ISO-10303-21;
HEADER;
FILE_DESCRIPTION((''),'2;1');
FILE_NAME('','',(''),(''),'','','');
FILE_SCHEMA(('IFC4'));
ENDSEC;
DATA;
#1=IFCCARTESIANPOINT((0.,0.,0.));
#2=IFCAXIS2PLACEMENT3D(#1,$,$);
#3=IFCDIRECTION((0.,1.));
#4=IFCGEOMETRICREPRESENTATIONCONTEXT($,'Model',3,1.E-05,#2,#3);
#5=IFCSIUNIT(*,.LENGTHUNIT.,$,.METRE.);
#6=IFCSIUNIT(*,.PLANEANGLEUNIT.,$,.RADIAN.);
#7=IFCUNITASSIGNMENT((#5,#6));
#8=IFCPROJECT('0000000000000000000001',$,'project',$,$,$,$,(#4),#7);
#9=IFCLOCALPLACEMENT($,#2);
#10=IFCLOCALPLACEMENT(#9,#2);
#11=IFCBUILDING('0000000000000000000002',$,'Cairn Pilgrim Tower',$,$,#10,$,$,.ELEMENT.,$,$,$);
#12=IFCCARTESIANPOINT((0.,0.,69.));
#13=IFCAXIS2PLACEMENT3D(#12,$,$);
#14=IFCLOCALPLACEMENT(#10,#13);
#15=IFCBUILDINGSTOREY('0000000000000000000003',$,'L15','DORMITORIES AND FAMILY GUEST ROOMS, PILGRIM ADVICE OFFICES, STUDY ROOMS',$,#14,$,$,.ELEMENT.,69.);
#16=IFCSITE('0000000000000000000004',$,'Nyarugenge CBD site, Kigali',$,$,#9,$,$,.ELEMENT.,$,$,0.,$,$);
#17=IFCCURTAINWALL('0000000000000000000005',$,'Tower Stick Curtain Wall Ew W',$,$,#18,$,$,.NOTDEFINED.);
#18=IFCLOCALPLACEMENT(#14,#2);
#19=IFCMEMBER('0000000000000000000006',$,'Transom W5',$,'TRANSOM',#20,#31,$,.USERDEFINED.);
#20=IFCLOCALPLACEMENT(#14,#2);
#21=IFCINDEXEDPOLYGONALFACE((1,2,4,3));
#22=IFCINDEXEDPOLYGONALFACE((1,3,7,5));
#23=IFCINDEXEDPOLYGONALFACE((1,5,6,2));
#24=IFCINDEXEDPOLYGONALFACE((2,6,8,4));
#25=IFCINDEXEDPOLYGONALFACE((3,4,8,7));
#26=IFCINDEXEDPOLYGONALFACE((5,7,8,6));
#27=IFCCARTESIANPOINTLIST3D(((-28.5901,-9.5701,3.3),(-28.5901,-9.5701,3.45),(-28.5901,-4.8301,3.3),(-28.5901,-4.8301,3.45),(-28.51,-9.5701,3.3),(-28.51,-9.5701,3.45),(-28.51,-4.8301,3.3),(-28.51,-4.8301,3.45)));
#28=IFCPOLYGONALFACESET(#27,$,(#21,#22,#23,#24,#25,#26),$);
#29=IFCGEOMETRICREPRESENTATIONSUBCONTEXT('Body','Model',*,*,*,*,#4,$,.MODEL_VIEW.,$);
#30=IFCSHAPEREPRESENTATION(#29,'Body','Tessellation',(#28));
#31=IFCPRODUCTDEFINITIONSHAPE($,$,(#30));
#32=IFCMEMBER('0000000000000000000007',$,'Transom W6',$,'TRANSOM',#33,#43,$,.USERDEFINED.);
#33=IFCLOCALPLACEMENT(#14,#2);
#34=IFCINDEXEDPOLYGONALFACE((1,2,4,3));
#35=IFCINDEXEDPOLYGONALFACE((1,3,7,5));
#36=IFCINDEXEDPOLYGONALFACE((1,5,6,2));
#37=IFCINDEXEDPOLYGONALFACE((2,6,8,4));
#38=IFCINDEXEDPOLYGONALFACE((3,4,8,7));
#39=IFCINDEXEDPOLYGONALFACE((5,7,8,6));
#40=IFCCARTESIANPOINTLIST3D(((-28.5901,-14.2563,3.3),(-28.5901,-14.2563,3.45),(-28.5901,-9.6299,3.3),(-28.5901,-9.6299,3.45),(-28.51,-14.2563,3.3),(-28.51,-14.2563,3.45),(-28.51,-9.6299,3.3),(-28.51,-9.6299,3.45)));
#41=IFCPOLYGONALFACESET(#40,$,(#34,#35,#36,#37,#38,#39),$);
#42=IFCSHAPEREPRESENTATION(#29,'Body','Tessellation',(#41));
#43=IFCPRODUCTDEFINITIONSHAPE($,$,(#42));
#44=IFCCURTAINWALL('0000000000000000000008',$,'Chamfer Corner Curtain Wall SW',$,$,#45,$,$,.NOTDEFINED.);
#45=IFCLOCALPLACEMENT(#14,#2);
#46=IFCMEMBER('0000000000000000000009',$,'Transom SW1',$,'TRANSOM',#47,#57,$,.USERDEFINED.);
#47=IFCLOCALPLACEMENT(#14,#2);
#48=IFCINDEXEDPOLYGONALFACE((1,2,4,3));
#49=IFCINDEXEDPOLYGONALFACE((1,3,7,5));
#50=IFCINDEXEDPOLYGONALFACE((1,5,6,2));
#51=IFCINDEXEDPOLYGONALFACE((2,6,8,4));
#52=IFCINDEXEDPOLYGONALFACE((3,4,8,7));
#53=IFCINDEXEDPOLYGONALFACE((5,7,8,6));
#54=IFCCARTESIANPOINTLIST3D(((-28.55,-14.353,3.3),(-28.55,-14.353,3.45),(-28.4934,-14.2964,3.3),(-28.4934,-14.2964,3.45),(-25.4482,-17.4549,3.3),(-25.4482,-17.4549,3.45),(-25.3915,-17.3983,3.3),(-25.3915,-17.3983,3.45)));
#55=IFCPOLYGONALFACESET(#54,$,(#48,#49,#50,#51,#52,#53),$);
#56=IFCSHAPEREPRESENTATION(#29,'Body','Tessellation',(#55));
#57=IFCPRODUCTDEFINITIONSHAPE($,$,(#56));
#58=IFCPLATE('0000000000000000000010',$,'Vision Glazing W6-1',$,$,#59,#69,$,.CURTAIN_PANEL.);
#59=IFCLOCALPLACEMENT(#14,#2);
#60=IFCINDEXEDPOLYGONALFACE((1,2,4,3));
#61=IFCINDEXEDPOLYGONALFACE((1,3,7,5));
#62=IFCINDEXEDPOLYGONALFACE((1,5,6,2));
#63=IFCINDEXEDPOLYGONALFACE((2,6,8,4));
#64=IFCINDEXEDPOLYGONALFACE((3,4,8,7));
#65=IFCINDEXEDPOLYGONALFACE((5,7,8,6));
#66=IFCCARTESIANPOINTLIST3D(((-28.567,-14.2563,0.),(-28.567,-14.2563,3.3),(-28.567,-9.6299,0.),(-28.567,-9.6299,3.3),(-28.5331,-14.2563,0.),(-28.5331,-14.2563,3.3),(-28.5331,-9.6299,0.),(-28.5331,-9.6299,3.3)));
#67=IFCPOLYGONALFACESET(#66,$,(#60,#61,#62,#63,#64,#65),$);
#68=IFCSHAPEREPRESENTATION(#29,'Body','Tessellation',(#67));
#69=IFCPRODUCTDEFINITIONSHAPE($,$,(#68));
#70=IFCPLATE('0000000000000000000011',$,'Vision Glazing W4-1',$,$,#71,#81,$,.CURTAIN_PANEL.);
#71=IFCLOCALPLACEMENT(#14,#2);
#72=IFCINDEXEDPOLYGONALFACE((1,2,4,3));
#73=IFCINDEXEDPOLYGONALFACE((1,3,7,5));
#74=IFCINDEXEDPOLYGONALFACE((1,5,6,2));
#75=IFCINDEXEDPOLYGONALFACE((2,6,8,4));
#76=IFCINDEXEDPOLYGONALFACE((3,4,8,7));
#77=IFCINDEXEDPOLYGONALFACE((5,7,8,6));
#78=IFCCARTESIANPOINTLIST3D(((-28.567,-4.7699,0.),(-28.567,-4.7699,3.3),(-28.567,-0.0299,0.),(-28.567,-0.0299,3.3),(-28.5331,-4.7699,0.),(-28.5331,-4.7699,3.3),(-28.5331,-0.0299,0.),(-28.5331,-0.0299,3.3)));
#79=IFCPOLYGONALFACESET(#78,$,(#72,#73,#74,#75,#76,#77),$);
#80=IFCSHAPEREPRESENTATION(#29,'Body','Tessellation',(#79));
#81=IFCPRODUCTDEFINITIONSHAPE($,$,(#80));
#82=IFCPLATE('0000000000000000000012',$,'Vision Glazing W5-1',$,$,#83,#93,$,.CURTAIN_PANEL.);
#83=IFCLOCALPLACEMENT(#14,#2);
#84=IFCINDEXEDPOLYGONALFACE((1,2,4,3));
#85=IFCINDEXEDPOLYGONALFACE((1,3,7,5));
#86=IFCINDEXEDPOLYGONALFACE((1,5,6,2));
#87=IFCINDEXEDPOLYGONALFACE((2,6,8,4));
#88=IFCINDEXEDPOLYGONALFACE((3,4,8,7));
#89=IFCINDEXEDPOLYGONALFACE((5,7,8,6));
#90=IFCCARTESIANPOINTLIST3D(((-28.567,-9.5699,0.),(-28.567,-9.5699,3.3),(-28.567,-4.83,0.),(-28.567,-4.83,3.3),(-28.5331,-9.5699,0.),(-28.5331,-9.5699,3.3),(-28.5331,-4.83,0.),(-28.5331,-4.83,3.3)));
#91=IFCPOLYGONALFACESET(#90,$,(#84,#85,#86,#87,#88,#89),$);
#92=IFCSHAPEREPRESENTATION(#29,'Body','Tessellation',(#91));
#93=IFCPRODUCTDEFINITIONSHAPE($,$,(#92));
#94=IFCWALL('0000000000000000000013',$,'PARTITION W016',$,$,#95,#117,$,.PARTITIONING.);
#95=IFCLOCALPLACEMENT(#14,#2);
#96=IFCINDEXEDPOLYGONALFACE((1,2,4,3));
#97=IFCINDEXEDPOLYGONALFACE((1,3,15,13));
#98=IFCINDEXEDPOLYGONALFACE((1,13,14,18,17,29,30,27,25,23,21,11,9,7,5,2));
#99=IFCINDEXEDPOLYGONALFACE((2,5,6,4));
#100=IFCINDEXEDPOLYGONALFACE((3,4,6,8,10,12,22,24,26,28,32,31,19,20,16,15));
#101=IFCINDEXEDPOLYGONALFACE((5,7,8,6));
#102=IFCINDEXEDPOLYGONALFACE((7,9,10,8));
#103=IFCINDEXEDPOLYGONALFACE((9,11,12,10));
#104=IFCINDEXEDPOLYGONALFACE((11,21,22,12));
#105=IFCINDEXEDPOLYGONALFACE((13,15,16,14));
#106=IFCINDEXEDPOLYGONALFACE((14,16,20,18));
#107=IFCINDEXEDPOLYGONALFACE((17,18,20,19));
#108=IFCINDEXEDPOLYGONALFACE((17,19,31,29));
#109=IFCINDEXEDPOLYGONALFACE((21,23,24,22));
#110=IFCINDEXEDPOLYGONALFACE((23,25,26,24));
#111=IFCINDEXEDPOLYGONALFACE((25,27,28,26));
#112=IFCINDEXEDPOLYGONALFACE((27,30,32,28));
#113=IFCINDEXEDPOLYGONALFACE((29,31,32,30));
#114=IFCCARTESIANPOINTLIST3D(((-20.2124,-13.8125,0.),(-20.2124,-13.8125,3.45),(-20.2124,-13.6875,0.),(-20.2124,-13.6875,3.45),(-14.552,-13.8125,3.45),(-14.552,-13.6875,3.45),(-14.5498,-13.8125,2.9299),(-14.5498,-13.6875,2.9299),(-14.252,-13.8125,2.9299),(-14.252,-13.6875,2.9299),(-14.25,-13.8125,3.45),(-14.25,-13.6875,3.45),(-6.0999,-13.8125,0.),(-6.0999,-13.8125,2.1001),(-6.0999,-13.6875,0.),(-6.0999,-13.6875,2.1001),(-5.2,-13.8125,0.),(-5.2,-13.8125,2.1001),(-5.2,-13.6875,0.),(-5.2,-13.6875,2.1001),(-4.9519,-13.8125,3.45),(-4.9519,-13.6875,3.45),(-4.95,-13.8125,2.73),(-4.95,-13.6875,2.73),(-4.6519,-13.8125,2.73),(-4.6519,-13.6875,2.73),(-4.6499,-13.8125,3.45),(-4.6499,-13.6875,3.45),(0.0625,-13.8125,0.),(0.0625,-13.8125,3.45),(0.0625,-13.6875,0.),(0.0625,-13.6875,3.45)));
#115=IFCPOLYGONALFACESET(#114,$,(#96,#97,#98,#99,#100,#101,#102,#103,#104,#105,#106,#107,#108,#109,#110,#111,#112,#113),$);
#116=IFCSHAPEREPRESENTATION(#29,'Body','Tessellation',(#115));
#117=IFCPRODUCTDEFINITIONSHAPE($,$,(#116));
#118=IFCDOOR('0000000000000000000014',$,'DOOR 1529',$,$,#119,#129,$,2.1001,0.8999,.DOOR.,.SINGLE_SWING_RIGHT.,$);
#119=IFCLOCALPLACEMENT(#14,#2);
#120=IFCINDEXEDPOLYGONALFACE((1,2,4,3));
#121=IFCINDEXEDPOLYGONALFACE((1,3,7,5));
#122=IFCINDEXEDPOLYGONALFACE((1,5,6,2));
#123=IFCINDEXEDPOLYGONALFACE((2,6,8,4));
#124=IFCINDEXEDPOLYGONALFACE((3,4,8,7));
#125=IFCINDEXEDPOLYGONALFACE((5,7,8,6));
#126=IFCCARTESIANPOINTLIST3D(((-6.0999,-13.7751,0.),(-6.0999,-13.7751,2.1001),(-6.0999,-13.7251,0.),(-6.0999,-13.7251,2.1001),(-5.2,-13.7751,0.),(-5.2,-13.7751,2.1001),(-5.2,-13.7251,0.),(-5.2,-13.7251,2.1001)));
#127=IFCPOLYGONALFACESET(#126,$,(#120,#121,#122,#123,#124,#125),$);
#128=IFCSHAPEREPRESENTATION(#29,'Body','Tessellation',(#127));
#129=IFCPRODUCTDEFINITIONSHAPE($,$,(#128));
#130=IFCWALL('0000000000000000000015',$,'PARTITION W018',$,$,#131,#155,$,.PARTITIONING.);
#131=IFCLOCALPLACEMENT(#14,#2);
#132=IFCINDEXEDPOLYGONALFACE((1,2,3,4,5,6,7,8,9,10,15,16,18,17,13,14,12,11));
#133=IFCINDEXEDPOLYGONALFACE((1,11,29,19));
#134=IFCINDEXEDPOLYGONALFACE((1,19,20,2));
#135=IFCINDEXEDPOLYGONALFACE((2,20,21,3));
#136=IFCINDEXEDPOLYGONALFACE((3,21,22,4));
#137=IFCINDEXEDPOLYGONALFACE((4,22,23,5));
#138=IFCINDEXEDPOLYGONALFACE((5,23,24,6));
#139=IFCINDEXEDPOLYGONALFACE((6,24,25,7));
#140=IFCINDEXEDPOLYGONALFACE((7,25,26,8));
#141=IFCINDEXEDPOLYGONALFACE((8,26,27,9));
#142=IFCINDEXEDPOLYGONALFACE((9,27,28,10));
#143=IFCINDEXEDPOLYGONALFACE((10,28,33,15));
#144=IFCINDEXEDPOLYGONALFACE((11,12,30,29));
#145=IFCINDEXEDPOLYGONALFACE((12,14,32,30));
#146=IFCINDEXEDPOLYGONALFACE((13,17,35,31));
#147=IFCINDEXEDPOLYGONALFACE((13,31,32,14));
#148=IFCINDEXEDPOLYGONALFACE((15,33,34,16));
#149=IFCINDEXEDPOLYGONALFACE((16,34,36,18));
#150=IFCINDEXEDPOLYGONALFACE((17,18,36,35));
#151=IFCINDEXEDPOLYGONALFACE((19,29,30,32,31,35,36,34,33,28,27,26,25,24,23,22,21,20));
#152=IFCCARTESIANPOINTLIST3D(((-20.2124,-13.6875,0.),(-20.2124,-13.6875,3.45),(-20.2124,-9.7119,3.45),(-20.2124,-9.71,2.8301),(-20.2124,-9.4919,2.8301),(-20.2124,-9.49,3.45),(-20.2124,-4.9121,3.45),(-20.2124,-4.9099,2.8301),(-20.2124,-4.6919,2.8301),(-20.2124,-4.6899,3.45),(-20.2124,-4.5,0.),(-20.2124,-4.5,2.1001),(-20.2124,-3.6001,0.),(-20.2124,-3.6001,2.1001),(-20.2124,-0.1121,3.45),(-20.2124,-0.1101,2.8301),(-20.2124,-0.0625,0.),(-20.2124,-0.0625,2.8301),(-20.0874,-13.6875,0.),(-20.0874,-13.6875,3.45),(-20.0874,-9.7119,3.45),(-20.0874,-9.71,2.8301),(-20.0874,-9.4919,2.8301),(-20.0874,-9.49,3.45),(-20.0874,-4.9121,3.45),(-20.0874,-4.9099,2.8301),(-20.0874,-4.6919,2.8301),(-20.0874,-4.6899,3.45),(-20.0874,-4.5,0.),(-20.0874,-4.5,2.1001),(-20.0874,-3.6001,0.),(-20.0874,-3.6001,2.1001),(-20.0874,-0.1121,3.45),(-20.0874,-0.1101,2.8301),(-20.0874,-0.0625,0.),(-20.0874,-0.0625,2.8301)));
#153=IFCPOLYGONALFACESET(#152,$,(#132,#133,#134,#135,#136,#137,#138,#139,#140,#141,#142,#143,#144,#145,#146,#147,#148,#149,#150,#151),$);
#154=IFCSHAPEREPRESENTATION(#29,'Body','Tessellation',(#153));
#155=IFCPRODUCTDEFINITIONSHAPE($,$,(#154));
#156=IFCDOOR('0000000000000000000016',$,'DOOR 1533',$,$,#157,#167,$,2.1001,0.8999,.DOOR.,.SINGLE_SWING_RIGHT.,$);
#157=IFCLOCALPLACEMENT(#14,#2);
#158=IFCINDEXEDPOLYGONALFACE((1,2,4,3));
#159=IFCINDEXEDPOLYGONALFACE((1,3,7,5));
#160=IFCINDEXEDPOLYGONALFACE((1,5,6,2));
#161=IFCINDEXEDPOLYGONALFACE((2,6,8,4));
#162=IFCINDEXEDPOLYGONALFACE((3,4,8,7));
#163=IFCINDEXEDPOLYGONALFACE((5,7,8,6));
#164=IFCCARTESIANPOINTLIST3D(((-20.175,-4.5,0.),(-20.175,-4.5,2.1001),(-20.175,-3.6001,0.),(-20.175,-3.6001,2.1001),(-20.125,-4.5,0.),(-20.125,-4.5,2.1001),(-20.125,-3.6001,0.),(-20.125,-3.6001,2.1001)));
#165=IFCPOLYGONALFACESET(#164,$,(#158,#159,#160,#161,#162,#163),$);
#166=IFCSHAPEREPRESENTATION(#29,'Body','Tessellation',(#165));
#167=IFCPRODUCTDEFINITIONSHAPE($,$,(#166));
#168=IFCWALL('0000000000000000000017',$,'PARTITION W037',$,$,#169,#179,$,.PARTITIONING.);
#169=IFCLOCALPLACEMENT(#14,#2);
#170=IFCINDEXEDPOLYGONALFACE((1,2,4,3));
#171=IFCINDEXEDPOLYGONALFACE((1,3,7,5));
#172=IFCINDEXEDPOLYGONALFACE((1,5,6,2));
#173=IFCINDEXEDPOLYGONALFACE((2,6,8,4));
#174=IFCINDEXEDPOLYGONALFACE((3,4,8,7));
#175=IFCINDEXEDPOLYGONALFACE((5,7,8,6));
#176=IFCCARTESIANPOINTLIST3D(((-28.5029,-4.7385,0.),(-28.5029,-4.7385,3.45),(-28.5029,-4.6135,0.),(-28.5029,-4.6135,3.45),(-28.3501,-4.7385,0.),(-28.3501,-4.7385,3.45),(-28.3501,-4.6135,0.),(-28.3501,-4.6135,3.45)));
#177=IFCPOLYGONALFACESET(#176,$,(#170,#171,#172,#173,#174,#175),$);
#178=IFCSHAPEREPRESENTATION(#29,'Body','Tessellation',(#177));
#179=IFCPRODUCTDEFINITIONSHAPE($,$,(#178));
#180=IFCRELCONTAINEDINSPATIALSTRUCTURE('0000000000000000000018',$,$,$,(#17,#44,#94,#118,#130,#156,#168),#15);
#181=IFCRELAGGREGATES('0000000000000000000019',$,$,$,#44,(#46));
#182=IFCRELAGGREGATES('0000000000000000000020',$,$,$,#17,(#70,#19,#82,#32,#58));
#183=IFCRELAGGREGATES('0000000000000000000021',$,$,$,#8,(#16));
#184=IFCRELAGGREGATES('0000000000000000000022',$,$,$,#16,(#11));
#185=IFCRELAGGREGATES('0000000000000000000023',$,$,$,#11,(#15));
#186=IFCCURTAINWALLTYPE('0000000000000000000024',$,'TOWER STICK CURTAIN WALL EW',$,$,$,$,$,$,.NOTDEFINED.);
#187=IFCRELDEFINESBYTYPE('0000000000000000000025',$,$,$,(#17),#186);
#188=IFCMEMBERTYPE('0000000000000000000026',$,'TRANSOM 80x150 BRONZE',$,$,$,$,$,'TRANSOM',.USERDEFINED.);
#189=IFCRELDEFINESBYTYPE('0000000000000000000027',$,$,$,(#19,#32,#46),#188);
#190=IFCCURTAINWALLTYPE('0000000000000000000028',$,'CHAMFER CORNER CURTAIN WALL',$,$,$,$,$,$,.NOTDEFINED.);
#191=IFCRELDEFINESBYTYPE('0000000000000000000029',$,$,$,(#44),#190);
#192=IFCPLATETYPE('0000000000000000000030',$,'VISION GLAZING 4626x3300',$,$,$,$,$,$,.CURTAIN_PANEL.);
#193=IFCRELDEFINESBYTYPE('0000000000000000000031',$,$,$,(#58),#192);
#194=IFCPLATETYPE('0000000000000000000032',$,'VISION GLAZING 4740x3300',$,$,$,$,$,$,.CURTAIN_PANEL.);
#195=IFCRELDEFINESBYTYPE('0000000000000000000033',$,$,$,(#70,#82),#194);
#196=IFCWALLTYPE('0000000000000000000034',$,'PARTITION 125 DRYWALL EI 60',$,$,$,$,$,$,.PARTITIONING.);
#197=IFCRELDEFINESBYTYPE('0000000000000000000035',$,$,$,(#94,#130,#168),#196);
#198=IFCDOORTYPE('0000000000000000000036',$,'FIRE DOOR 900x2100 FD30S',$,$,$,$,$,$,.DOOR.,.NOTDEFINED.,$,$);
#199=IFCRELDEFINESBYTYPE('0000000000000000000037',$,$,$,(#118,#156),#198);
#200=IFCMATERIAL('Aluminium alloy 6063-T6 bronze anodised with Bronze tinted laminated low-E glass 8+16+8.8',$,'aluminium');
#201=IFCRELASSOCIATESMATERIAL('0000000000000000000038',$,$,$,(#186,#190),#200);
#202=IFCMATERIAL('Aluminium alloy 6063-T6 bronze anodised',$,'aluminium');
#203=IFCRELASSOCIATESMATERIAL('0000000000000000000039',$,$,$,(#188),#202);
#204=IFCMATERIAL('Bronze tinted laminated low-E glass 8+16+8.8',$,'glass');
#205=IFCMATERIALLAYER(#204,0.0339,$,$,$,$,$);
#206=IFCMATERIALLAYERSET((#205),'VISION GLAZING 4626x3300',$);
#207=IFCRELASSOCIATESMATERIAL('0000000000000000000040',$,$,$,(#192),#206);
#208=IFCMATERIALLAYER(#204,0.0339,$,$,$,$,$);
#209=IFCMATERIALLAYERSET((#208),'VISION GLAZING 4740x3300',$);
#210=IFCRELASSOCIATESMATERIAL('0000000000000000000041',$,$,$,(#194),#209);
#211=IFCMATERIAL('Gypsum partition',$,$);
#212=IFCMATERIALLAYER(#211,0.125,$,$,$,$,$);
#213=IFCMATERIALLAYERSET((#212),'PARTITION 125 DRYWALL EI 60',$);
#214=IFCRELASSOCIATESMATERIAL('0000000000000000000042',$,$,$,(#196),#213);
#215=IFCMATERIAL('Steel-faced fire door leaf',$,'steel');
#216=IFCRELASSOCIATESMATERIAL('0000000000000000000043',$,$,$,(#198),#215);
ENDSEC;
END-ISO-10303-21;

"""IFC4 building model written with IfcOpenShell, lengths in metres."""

from ifc_helpers import new_model, si_unit, direction, frame, frame_2d, origin, origin_2d, place, context, subcontext, project, spatial, polyline, rectangle, outline, extrude, material, layer, layer_set, material_profile, profile_set, type_object, element, fill, aggregate, save


model = new_model("IFC4")

# Units and contexts
model_context = context("Model", 3, precision=1e-05, world=origin(), true_north=direction((0.0, 1.0)))
body_context = subcontext(model_context, "Body", "Model", "MODEL_VIEW")
ifc_project = project(units=[si_unit("LENGTHUNIT", "METRE"), si_unit("PLANEANGLEUNIT", "RADIAN")], contexts=[model_context])

# Site, building, storey
site_placement = place(None, origin())
site = spatial("IfcSite", under=ifc_project, at=site_placement, Name="Nyarugenge CBD site, Kigali", CompositionType="ELEMENT", RefElevation=0.0)
building_placement = place(site_placement, origin())
building = spatial("IfcBuilding", under=site, at=building_placement, Name="Cairn Pilgrim Tower", CompositionType="ELEMENT")
storey_placement = place(building_placement, frame((0.0, 0.0, 69.0)))
storey = spatial("IfcBuildingStorey", under=building, at=storey_placement, Name="L15", Description="DORMITORIES AND FAMILY GUEST ROOMS, PILGRIM ADVICE OFFICES, STUDY ROOMS", CompositionType="ELEMENT", Elevation=69.0)

# Curtain wall
ifc_material_1 = material(Name="Aluminium alloy 6063-T6 bronze anodised with Bronze tinted laminated low-E glass 8+16+8.8", Category="aluminium")
curtain_wall_type_1 = type_object("IfcCurtainWallType", Name="TOWER STICK CURTAIN WALL EW", PredefinedType="NOTDEFINED", material=ifc_material_1)
curtain_wall_1_placement = place(storey_placement, origin())
curtain_wall_1 = element("IfcCurtainWall", 1, at=curtain_wall_1_placement, inside=storey, type_object=curtain_wall_type_1, Name="Tower Stick Curtain Wall Ew W", PredefinedType="NOTDEFINED")
ifc_material_2 = material(Name="Aluminium alloy 6063-T6 bronze anodised", Category="aluminium")

# Members
ifc_material_profile_1 = material_profile(ifc_material_2, rectangle(XDim=0.0801, YDim=0.1499, at=origin_2d()), Name="TRANSOM 80x150 BRONZE")
ifc_profile_set_1 = profile_set([ifc_material_profile_1], Name="Aluminium alloy 6063-T6 bronze anodised")
member_type_1 = type_object("IfcMemberType", Name="TRANSOM 80x150 BRONZE", ElementType="TRANSOM", PredefinedType="USERDEFINED", material=ifc_profile_set_1)
member_1_placement = place(storey_placement, frame((-28.55, -4.8301, 3.375), z_axis=(0.0, -1.0, 0.0), x_axis=(1.0, 0.0, 0.0)))
member_1 = element("IfcMember", 2, at=member_1_placement, type_object=member_type_1, Name="Transom W5", ObjectType="TRANSOM", PredefinedType="USERDEFINED", context=body_context, shape_type="SweptSolid", body=[
    extrude(rectangle(XDim=0.0801, YDim=0.1499, at=origin_2d()), origin(), (0.0, 0.0, 1.0), 4.74),
])
member_2_placement = place(storey_placement, frame((-28.55, -9.6299, 3.375), z_axis=(0.0, -1.0, 0.0), x_axis=(1.0, 0.0, 0.0)))
member_2 = element("IfcMember", 3, at=member_2_placement, type_object=member_type_1, Name="Transom W6", ObjectType="TRANSOM", PredefinedType="USERDEFINED", context=body_context, shape_type="SweptSolid", body=[
    extrude(rectangle(XDim=0.0801, YDim=0.1499, at=origin_2d()), origin(), (0.0, 0.0, 1.0), 4.6265),
])

# Curtain wall, member
curtain_wall_type_2 = type_object("IfcCurtainWallType", Name="CHAMFER CORNER CURTAIN WALL", PredefinedType="NOTDEFINED", material=ifc_material_1)
curtain_wall_2_placement = place(storey_placement, origin())
curtain_wall_2 = element("IfcCurtainWall", 4, at=curtain_wall_2_placement, inside=storey, type_object=curtain_wall_type_2, Name="Chamfer Corner Curtain Wall SW", PredefinedType="NOTDEFINED")
member_3_placement = place(storey_placement, frame((-28.5217, -14.3247, 3.375), z_axis=(0.707107, -0.707107, 0.0), x_axis=(0.707107, 0.707107, 0.0)))
member_3 = element("IfcMember", 5, at=member_3_placement, type_object=member_type_1, Name="Transom SW1", ObjectType="TRANSOM", PredefinedType="USERDEFINED", context=body_context, shape_type="SweptSolid", body=[
    extrude(rectangle(XDim=0.0801, YDim=0.1499, at=origin_2d()), origin(), (0.0, 0.0, 1.0), 4.3867),
])
aggregate(curtain_wall_2, [member_3])

# Plates
ifc_material_3 = material(Name="Bronze tinted laminated low-E glass 8+16+8.8", Category="glass")
ifc_layer_1 = layer(ifc_material_3, 0.0339)
ifc_layer_set_1 = layer_set([ifc_layer_1], Name="VISION GLAZING 4626x3300")
plate_type_1 = type_object("IfcPlateType", Name="VISION GLAZING 4626x3300", PredefinedType="CURTAIN_PANEL", material=ifc_layer_set_1)
plate_1_placement = place(storey_placement, frame((-28.55, -11.9431, 0.0), z_axis=(0.0, 0.0, 1.0), x_axis=(0.0, -1.0, 0.0)))
plate_1 = element("IfcPlate", 6, at=plate_1_placement, type_object=plate_type_1, Name="Vision Glazing W6-1", PredefinedType="CURTAIN_PANEL", context=body_context, shape_type="SweptSolid", body=[
    extrude(rectangle(XDim=4.6265, YDim=0.0339, at=origin_2d()), origin(), (0.0, 0.0, 1.0), 3.3),
])
ifc_layer_2 = layer(ifc_material_3, 0.0339)
ifc_layer_set_2 = layer_set([ifc_layer_2], Name="VISION GLAZING 4740x3300")
plate_type_2 = type_object("IfcPlateType", Name="VISION GLAZING 4740x3300", PredefinedType="CURTAIN_PANEL", material=ifc_layer_set_2)
plate_2_placement = place(storey_placement, frame((-28.55, -2.3999, 0.0), z_axis=(0.0, 0.0, 1.0), x_axis=(0.0, -1.0, 0.0)))
plate_2 = element("IfcPlate", 7, at=plate_2_placement, type_object=plate_type_2, Name="Vision Glazing W4-1", PredefinedType="CURTAIN_PANEL", context=body_context, shape_type="SweptSolid", body=[
    extrude(rectangle(XDim=4.74, YDim=0.0339, at=origin_2d()), origin(), (0.0, 0.0, 1.0), 3.3),
])
plate_3_placement = place(storey_placement, frame((-28.55, -7.2, 0.0), z_axis=(0.0, 0.0, 1.0), x_axis=(0.0, -1.0, 0.0)))
plate_3 = element("IfcPlate", 8, at=plate_3_placement, type_object=plate_type_2, Name="Vision Glazing W5-1", PredefinedType="CURTAIN_PANEL", context=body_context, shape_type="SweptSolid", body=[
    extrude(rectangle(XDim=4.74, YDim=0.0339, at=origin_2d()), origin(), (0.0, 0.0, 1.0), 3.3),
])
aggregate(curtain_wall_1, [plate_2, member_1, plate_3, member_2, plate_1])

# Walls, openings, doors
ifc_material_4 = material(Name="Gypsum partition")
ifc_layer_3 = layer(ifc_material_4, 0.125)
ifc_layer_set_3 = layer_set([ifc_layer_3], Name="PARTITION 125 DRYWALL EI 60")
wall_type_1 = type_object("IfcWallType", Name="PARTITION 125 DRYWALL EI 60", PredefinedType="PARTITIONING", material=ifc_layer_set_3)
wall_1_placement = place(storey_placement, frame((-20.2124, -13.75, 0.0), z_axis=(0.0, 0.0, 1.0), x_axis=(1.0, 0.0, 0.0)))
wall_1 = element("IfcWall", 9, at=wall_1_placement, inside=storey, type_object=wall_type_1, Name="PARTITION W016", PredefinedType="PARTITIONING", context=body_context, shape_type="SweptSolid", body=[
    extrude(outline(polyline([(0.0, 0.0), (20.2749, 0.0), (20.2749, 3.45), (15.5625, 3.45), (15.5605, 2.73), (15.2625, 2.73), (15.2605, 3.45), (5.9624, 3.45), (5.9604, 2.9299), (5.6626, 2.9299), (5.6604, 3.45), (0.0, 3.45), (0.0, 0.0)])), frame((0.0, 0.0625, 0.0), z_axis=(0.0, -1.0, 0.0), x_axis=(1.0, 0.0, 0.0)), (0.0, 0.0, 1.0), 0.125),
])
opening_1_placement = place(wall_1_placement, frame((14.1125, 0.0, 0.0)))
opening_1 = element("IfcOpeningElement", 10, at=opening_1_placement, cuts=wall_1, PredefinedType="OPENING", context=body_context, shape_type="SweptSolid", body=[
    extrude(rectangle(XDim=0.8999, YDim=2.1001, at=frame_2d((0.45, 1.05))), frame((0.0, 0.0725, 0.0), z_axis=(0.0, -1.0, 0.0), x_axis=(1.0, 0.0, 0.0)), (0.0, 0.0, 1.0), 0.145),
])
ifc_material_5 = material(Name="Steel-faced fire door leaf", Category="steel")
door_type = type_object("IfcDoorType", Name="FIRE DOOR 900x2100 FD30S", OperationType="NOTDEFINED", PredefinedType="DOOR", material=ifc_material_5)
door_1_placement = place(opening_1_placement, origin())
door_1 = element("IfcDoor", 11, at=door_1_placement, inside=storey, type_object=door_type, Name="DOOR 1529", OperationType="SINGLE_SWING_RIGHT", OverallHeight=2.1001, OverallWidth=0.8999, PredefinedType="DOOR", context=body_context, shape_type="SweptSolid", body=[
    extrude(rectangle(XDim=0.8999, YDim=2.1001, at=frame_2d((0.45, 1.05))), frame((0.0, 0.0249, 0.0), z_axis=(0.0, -1.0, 0.0), x_axis=(1.0, 0.0, 0.0)), (0.0, 0.0, 1.0), 0.05),
])
fill(opening_1, door_1)
wall_2_placement = place(storey_placement, frame((-20.1499, -13.6875, 0.0), z_axis=(0.0, 0.0, 1.0), x_axis=(0.0, 1.0, 0.0)))
wall_2 = element("IfcWall", 12, at=wall_2_placement, inside=storey, type_object=wall_type_1, Name="PARTITION W018", PredefinedType="PARTITIONING", context=body_context, shape_type="SweptSolid", body=[
    extrude(outline(polyline([(0.0, 0.0), (13.625, 0.0), (13.625, 2.8301), (13.5774, 2.8301), (13.5754, 3.45), (8.9976, 3.45), (8.9956, 2.8301), (8.7776, 2.8301), (8.7754, 3.45), (4.1975, 3.45), (4.1956, 2.8301), (3.9775, 2.8301), (3.9756, 3.45), (0.0, 3.45), (0.0, 0.0)])), frame((0.0, 0.0625, 0.0), z_axis=(0.0, -1.0, 0.0), x_axis=(1.0, 0.0, 0.0)), (0.0, 0.0, 1.0), 0.125),
])
opening_2_placement = place(wall_2_placement, frame((9.1875, 0.0, 0.0)))
opening_2 = element("IfcOpeningElement", 13, at=opening_2_placement, cuts=wall_2, PredefinedType="OPENING", context=body_context, shape_type="SweptSolid", body=[
    extrude(rectangle(XDim=0.8999, YDim=2.1001, at=frame_2d((0.45, 1.05))), frame((0.0, 0.0725, 0.0), z_axis=(0.0, -1.0, 0.0), x_axis=(1.0, 0.0, 0.0)), (0.0, 0.0, 1.0), 0.145),
])
door_2_placement = place(opening_2_placement, frame((0.8999, 0.0, 0.0), z_axis=(0.0, 0.0, 1.0), x_axis=(-1.0, 0.0, 0.0)))
door_2 = element("IfcDoor", 14, at=door_2_placement, inside=storey, type_object=door_type, Name="DOOR 1533", OperationType="SINGLE_SWING_RIGHT", OverallHeight=2.1001, OverallWidth=0.8999, PredefinedType="DOOR", context=body_context, shape_type="SweptSolid", body=[
    extrude(rectangle(XDim=0.8999, YDim=2.1001, at=frame_2d((0.45, 1.05))), frame((0.0, 0.0249, 0.0), z_axis=(0.0, -1.0, 0.0), x_axis=(1.0, 0.0, 0.0)), (0.0, 0.0, 1.0), 0.05),
])
fill(opening_2, door_2)

# Wall
wall_3_placement = place(storey_placement, frame((-28.5029, -4.676, 0.0), z_axis=(0.0, 0.0, 1.0), x_axis=(1.0, 0.0, 0.0)))
element("IfcWall", 15, at=wall_3_placement, inside=storey, type_object=wall_type_1, Name="PARTITION W037", PredefinedType="PARTITIONING", context=body_context, shape_type="SweptSolid", body=[
    extrude(rectangle(XDim=0.1528, YDim=0.125, at=frame_2d((0.0764, 0.0))), origin(), (0.0, 0.0, 1.0), 3.45),
])

save(model, "model.ifc")
